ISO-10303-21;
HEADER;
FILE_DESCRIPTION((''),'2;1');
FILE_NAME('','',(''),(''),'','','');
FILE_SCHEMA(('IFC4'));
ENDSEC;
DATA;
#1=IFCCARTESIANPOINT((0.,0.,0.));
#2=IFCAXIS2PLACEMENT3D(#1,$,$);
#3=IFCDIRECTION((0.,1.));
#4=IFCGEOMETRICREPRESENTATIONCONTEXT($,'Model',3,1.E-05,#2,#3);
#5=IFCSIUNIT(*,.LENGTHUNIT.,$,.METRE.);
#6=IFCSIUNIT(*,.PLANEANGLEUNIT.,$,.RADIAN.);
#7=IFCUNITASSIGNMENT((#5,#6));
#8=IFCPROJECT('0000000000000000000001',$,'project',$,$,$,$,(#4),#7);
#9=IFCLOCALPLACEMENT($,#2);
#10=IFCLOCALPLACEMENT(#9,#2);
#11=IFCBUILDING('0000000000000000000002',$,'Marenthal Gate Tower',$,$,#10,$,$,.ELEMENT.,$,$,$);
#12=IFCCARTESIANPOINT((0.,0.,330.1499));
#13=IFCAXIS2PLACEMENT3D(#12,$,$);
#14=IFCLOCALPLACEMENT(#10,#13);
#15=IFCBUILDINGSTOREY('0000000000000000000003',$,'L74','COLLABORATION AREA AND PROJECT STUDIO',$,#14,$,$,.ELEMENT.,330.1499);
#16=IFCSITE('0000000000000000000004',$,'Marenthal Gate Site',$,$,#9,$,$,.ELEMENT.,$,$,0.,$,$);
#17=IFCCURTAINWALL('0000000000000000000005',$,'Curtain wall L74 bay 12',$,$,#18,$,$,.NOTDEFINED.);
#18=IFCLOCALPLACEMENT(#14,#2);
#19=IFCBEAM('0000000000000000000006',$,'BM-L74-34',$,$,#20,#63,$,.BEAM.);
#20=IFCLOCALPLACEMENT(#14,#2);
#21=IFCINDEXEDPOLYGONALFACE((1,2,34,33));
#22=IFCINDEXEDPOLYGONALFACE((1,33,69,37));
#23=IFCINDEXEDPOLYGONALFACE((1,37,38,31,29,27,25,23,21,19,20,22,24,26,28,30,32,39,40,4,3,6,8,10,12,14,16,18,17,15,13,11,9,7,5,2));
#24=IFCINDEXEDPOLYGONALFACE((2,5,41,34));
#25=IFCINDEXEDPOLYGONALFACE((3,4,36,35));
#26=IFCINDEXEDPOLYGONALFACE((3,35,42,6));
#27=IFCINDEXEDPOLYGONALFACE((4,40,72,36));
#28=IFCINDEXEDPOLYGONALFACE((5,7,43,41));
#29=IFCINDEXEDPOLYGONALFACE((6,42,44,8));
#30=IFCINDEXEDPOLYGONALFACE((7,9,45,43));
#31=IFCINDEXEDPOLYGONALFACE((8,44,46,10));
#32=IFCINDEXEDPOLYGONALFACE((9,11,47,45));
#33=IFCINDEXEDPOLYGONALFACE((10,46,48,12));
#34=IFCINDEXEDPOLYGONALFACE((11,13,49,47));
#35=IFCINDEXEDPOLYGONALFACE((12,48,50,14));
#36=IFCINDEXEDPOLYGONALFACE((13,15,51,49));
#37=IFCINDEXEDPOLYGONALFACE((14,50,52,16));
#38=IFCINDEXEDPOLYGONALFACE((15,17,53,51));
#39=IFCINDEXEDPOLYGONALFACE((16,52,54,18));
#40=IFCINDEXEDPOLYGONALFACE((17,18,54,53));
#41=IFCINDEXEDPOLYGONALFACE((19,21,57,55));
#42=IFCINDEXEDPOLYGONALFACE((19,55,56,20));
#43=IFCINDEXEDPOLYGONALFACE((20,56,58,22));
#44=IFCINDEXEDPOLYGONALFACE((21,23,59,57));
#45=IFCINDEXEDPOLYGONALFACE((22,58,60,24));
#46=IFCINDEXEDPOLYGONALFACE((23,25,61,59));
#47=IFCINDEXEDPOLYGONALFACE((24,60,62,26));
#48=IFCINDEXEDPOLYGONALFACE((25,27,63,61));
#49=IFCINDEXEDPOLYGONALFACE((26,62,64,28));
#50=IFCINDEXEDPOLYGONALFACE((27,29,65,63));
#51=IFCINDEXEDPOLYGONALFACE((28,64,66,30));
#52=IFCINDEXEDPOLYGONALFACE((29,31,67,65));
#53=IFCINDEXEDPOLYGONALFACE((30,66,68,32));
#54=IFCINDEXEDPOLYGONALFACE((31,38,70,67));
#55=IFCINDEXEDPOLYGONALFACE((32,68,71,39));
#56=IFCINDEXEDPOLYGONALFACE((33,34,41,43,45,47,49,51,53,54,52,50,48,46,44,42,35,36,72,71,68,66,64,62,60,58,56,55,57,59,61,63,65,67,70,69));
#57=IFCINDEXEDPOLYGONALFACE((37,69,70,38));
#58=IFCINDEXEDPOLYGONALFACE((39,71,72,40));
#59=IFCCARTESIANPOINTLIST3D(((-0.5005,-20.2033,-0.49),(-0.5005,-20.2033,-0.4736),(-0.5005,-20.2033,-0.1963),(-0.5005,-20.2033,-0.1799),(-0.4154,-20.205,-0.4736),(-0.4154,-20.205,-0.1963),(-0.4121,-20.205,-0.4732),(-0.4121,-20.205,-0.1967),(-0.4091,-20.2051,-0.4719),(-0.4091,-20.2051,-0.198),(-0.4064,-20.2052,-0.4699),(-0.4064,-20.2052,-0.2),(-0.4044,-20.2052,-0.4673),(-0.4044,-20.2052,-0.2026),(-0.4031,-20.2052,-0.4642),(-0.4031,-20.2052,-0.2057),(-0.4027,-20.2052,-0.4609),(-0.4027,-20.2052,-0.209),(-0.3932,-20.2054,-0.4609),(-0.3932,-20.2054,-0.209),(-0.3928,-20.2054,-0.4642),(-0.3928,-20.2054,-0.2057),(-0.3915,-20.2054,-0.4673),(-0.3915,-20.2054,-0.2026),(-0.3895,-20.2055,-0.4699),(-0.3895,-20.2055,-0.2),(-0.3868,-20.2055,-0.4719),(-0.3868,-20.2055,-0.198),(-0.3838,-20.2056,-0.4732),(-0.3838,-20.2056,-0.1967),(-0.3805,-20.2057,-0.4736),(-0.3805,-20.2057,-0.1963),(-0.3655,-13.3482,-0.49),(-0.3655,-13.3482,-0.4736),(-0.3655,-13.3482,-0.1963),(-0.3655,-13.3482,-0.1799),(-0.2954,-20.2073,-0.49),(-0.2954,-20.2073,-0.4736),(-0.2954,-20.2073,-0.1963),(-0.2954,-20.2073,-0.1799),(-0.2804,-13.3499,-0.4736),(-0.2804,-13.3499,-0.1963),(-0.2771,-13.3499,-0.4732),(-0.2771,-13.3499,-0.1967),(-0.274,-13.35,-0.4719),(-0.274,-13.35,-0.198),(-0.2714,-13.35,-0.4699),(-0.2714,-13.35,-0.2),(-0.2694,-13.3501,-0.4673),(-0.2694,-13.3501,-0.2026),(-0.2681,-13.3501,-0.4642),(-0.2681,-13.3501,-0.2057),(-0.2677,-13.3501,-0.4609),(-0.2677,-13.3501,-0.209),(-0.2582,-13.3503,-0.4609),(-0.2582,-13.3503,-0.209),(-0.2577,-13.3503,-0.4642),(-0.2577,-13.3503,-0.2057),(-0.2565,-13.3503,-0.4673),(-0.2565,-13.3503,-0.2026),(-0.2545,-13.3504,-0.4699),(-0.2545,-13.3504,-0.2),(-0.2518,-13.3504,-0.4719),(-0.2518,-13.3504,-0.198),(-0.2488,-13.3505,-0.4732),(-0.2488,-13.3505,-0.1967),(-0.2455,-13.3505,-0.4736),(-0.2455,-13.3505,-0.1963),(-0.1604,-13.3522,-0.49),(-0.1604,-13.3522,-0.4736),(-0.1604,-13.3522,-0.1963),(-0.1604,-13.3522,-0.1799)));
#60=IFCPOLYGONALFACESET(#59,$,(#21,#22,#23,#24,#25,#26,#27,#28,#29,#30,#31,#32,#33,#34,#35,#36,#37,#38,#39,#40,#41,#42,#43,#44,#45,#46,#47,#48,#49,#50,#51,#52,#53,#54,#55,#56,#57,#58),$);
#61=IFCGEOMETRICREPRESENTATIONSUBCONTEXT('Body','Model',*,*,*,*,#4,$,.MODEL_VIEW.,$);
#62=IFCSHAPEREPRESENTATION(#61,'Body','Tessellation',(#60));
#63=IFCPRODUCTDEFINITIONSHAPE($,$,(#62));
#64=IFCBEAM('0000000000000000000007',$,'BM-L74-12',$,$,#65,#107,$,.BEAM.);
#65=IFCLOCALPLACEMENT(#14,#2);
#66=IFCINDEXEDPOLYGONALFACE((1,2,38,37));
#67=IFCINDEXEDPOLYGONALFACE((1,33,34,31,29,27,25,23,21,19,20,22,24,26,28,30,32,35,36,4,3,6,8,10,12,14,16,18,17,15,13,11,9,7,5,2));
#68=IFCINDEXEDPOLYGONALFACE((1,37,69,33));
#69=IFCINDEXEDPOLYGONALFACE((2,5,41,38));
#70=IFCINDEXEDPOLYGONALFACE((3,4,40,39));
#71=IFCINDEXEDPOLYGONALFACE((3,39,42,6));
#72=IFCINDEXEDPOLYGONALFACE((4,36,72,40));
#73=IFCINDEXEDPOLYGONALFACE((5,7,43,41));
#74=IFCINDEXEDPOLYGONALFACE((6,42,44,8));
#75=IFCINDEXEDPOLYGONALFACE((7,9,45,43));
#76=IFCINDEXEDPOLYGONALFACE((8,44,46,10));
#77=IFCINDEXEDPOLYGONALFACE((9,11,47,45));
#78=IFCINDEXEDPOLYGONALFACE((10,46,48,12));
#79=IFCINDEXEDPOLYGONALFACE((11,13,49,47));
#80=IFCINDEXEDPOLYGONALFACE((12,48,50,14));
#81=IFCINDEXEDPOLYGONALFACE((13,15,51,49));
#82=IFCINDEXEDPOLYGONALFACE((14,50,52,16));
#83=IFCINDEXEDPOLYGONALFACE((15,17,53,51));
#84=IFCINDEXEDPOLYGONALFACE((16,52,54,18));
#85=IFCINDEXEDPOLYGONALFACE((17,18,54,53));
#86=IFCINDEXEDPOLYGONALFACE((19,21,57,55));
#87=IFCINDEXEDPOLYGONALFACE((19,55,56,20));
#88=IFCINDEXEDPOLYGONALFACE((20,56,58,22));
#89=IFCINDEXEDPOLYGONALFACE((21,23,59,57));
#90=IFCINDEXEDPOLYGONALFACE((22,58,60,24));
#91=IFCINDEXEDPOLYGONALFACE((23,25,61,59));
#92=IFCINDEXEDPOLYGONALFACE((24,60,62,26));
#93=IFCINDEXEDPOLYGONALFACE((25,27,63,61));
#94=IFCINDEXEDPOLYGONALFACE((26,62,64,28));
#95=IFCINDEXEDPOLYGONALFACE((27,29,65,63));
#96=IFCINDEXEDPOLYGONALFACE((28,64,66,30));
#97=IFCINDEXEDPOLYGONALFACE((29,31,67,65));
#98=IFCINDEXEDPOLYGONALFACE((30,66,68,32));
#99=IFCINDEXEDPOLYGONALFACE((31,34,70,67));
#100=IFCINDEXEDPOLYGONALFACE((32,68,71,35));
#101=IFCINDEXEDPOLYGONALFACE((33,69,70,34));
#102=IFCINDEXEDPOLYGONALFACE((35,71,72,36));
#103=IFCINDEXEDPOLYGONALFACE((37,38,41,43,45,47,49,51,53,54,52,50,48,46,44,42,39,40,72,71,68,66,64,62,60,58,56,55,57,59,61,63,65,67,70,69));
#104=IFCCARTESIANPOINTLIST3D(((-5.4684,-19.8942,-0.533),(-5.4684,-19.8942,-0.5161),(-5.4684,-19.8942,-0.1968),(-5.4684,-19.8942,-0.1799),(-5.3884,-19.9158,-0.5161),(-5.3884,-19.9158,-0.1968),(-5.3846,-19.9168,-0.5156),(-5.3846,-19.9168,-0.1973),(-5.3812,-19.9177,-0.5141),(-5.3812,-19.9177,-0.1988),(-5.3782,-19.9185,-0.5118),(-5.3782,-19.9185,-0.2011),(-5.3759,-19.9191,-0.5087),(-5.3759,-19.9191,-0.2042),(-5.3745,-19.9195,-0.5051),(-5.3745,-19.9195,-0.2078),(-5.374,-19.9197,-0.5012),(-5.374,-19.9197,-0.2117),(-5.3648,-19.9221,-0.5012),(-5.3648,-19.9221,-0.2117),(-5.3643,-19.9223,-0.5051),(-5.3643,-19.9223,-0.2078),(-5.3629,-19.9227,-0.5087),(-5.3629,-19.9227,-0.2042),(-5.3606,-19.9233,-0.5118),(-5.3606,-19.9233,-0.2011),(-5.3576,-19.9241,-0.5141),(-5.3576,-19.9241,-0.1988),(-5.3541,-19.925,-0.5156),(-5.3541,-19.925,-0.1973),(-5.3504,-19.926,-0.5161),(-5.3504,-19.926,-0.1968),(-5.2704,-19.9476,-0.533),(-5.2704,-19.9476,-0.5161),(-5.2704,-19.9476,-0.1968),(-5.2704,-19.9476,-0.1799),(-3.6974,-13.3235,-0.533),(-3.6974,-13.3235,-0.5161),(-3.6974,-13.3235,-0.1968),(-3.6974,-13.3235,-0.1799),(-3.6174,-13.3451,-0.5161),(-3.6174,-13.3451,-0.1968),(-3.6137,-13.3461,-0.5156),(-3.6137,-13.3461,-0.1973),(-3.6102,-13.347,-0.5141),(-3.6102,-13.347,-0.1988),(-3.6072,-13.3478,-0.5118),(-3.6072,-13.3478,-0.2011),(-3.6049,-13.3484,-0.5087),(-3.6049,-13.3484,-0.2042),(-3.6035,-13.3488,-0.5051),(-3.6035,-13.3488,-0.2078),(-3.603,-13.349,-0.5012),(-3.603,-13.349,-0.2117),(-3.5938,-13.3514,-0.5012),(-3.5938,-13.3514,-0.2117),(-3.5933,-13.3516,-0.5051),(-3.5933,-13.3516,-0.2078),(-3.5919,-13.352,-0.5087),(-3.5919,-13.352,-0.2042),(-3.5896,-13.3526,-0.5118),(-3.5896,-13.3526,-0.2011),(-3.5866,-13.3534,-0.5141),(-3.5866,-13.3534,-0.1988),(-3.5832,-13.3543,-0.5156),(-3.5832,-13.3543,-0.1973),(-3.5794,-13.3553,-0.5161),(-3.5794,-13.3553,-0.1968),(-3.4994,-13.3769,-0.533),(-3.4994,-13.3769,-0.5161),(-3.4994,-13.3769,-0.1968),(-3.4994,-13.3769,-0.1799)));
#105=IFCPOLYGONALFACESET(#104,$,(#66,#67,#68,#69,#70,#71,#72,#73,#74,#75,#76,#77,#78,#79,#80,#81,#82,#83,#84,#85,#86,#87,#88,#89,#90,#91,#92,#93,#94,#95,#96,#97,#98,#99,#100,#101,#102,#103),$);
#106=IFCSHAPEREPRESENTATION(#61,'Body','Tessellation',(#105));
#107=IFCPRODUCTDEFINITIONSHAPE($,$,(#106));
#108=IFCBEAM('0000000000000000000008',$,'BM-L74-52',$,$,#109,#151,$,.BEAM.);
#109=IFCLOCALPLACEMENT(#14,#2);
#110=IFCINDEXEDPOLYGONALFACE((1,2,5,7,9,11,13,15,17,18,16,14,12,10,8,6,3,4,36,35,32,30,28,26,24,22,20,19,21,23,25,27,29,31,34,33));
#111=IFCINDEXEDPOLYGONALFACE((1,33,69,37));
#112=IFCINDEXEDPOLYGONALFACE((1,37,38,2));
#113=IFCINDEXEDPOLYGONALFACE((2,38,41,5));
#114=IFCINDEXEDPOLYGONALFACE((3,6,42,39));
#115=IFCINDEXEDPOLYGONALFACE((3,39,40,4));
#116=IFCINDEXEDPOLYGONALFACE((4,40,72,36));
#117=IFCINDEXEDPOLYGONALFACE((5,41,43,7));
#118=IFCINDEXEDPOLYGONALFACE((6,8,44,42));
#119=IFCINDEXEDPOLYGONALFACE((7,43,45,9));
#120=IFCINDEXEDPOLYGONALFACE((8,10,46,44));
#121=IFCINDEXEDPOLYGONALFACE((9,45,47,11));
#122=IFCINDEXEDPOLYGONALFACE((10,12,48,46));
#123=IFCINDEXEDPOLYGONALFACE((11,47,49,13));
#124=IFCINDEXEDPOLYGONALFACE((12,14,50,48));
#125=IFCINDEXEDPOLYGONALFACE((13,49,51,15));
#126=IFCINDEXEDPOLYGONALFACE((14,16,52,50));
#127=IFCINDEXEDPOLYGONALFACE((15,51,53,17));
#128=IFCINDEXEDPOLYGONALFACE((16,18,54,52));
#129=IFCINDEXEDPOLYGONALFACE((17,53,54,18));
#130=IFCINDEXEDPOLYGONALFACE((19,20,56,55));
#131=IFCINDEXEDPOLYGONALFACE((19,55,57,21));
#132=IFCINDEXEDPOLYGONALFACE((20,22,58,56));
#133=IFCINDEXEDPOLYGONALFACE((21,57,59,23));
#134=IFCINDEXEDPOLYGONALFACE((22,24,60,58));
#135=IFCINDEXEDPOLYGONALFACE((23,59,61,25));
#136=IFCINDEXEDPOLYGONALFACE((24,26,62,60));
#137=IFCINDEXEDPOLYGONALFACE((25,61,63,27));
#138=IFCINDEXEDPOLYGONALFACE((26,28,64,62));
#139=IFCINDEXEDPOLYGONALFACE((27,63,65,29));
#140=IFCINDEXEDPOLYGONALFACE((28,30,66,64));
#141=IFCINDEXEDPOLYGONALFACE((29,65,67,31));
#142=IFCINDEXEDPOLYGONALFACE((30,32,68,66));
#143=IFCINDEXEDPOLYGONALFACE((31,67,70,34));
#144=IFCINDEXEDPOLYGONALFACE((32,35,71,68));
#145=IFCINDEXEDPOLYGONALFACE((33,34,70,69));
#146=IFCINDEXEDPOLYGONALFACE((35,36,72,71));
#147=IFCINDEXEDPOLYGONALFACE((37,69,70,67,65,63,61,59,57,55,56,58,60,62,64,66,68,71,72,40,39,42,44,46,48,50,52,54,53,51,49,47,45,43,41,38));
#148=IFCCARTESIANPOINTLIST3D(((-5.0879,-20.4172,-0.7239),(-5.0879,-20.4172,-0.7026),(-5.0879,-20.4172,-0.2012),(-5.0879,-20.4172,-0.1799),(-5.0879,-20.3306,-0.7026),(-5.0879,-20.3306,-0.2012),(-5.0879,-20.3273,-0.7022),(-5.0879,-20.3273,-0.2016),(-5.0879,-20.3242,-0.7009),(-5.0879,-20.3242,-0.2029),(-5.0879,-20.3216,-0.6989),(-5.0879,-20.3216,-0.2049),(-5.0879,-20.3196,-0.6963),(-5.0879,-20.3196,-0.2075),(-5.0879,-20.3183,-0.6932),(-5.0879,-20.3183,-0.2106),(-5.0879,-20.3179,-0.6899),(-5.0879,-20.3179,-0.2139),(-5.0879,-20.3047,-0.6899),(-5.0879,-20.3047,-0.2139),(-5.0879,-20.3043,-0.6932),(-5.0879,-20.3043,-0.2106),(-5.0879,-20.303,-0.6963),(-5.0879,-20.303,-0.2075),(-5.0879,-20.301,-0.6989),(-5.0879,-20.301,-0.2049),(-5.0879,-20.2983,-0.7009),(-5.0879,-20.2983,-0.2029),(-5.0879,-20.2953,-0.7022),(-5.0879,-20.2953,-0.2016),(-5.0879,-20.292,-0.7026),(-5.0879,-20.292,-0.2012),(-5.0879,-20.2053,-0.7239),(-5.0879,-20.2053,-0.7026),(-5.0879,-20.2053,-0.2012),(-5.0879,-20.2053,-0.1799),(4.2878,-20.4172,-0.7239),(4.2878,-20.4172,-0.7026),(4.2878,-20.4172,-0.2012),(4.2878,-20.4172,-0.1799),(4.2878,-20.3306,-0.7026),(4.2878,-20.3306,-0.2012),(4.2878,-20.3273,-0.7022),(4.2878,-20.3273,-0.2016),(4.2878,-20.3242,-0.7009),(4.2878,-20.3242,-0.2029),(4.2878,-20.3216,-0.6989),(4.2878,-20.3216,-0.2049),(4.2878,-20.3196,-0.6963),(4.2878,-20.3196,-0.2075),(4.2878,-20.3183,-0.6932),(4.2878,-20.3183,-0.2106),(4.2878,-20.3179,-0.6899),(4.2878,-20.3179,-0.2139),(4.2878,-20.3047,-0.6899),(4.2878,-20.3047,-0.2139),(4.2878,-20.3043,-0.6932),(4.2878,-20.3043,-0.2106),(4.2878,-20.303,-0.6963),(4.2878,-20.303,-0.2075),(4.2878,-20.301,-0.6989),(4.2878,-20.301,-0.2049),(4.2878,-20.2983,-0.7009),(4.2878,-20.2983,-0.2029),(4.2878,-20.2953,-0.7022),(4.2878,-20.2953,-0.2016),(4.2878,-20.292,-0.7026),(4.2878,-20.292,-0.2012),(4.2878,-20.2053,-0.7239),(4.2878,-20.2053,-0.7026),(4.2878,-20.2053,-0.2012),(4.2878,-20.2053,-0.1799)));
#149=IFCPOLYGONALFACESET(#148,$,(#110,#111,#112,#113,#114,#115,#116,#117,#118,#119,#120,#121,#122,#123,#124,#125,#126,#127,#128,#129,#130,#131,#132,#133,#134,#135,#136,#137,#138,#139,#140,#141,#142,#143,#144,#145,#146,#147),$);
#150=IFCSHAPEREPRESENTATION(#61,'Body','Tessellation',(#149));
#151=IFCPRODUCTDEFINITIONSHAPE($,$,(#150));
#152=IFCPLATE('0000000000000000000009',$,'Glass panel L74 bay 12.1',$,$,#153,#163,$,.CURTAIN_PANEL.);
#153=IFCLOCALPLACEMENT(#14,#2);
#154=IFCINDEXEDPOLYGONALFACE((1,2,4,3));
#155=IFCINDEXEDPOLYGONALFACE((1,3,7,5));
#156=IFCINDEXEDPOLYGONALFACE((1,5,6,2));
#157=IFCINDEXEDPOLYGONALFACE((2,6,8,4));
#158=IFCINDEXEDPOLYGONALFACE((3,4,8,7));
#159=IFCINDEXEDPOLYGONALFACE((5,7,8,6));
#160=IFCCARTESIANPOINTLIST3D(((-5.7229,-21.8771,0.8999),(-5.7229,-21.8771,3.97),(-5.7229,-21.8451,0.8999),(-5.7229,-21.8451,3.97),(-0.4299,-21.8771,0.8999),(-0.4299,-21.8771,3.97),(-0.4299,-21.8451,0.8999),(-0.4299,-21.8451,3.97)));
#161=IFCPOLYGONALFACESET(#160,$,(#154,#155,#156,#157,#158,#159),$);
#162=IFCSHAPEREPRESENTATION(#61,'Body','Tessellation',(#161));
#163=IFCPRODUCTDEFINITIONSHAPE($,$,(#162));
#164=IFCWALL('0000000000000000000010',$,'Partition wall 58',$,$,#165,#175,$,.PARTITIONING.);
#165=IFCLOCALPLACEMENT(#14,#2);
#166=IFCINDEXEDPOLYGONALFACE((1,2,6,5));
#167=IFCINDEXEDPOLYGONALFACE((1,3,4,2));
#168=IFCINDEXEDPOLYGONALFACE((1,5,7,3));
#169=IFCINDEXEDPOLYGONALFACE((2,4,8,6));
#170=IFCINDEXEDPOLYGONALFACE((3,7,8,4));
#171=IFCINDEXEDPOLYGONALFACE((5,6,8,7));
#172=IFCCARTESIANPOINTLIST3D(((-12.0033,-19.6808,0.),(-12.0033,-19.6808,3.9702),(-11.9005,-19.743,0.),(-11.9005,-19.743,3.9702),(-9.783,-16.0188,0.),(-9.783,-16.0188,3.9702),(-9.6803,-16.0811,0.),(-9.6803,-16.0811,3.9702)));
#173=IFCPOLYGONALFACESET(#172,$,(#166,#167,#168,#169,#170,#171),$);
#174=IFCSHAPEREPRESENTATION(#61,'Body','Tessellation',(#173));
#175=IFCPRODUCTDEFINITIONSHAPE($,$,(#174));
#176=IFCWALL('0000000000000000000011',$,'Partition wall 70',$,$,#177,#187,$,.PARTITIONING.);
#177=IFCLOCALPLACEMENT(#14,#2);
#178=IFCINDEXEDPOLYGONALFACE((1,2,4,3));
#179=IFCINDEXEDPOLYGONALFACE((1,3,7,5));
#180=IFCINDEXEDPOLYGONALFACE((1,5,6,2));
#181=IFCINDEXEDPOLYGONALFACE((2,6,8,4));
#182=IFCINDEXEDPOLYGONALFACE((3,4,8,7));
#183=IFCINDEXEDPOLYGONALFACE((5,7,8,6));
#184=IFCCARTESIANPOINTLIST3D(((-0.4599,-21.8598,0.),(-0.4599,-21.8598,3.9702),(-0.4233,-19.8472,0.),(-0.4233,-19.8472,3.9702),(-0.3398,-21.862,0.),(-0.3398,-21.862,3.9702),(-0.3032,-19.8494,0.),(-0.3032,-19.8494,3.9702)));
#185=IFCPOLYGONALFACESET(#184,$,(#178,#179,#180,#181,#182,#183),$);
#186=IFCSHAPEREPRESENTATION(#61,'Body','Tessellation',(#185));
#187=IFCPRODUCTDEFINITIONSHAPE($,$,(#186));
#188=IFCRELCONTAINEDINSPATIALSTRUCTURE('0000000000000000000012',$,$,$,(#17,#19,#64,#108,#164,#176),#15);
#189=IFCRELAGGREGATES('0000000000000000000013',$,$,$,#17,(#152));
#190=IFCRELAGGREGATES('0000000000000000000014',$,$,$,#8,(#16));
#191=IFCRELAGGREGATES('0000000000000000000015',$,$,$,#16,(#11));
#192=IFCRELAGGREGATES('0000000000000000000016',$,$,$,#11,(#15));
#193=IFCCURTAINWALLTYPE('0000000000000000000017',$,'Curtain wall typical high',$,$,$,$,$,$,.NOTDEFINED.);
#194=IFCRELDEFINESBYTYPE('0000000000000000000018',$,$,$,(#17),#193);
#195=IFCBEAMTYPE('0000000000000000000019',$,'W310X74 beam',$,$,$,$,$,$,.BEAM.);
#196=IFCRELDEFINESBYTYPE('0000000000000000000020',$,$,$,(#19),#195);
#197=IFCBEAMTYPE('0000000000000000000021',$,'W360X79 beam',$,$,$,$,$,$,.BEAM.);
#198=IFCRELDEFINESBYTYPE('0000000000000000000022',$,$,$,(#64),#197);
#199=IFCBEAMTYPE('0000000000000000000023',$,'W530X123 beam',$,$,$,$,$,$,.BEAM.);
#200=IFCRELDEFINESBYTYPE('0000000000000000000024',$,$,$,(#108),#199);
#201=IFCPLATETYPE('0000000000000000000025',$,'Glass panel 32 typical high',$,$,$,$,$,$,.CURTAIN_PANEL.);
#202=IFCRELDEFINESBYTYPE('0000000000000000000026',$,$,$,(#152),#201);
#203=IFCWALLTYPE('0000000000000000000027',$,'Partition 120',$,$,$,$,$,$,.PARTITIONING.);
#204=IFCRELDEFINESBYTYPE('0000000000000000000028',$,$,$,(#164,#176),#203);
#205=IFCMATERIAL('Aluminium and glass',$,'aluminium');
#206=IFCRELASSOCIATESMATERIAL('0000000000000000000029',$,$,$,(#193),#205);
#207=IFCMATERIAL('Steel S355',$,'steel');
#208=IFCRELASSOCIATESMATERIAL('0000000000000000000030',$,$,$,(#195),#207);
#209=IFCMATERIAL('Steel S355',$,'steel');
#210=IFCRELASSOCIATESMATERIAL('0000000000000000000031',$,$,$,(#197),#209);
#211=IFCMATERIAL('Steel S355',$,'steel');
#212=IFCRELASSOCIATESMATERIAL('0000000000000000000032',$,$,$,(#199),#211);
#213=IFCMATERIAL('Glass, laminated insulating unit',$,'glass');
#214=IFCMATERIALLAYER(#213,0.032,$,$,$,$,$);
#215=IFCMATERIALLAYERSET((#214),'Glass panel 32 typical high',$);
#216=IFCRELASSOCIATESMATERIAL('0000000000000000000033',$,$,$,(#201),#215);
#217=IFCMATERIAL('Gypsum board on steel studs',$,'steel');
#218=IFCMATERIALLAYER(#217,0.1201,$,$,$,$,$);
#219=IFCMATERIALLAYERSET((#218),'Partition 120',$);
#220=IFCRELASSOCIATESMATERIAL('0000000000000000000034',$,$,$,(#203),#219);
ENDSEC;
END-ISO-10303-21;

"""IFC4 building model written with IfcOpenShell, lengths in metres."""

from ifc_helpers import new_model, si_unit, direction, frame, frame_2d, origin, origin_2d, place, context, subcontext, project, spatial, rectangle, i_section, extrude, material, layer, layer_set, material_profile, profile_set, type_object, element, aggregate, save


model = new_model("IFC4")

# Units and contexts
model_context = context("Model", 3, precision=1e-05, world=origin(), true_north=direction((0.0, 1.0)))
body_context = subcontext(model_context, "Body", "Model", "MODEL_VIEW")
ifc_project = project(units=[si_unit("LENGTHUNIT", "METRE"), si_unit("PLANEANGLEUNIT", "RADIAN")], contexts=[model_context])

# Site, building, storey
site_placement = place(None, origin())
site = spatial("IfcSite", under=ifc_project, at=site_placement, Name="Marenthal Gate Site", CompositionType="ELEMENT", RefElevation=0.0)
building_placement = place(site_placement, origin())
building = spatial("IfcBuilding", under=site, at=building_placement, Name="Marenthal Gate Tower", CompositionType="ELEMENT")
storey_placement = place(building_placement, frame((0.0, 0.0, 330.1499)))
storey = spatial("IfcBuildingStorey", under=building, at=storey_placement, Name="L74", Description="COLLABORATION AREA AND PROJECT STUDIO", CompositionType="ELEMENT", Elevation=330.1499)

# Curtain wall
ifc_material_1 = material(Name="Aluminium and glass", Category="aluminium")
curtain_wall_type = type_object("IfcCurtainWallType", Name="Curtain wall typical high", PredefinedType="NOTDEFINED", material=ifc_material_1)
curtain_wall_placement = place(storey_placement, origin())
curtain_wall = element("IfcCurtainWall", 1, at=curtain_wall_placement, inside=storey, type_object=curtain_wall_type, Name="Curtain wall L74 bay 12", PredefinedType="NOTDEFINED")

# Beams
ifc_material_2 = material(Name="Steel S355", Category="steel")
ifc_material_profile_1 = material_profile(ifc_material_2, i_section(OverallWidth=0.2051, OverallDepth=0.3101, WebThickness=0.0095, FlangeThickness=0.0164, FilletRadius=0.0127, at=origin_2d()), Name="W310X74")
ifc_profile_set_1 = profile_set([ifc_material_profile_1], Name="Steel S355")
beam_type_1 = type_object("IfcBeamType", Name="W310X74 beam", PredefinedType="BEAM", material=ifc_profile_set_1)
beam_1_placement = place(storey_placement, frame((-0.3979, -20.2053, -0.335), z_axis=(0.019691, 0.999806, 0.0), x_axis=(-0.999806, 0.019691, 0.0)))
element("IfcBeam", 2, at=beam_1_placement, inside=storey, type_object=beam_type_1, Name="BM-L74-34", PredefinedType="BEAM", context=body_context, shape_type="SweptSolid", body=[
    extrude(i_section(OverallWidth=0.2051, OverallDepth=0.3101, WebThickness=0.0095, FlangeThickness=0.0164, FilletRadius=0.0127, at=origin_2d()), origin(), (0.0, 0.0, 1.0), 6.8564),
])
ifc_material_3 = material(Name="Steel S355", Category="steel")
ifc_material_profile_2 = material_profile(ifc_material_3, i_section(OverallWidth=0.2051, OverallDepth=0.353, WebThickness=0.0095, FlangeThickness=0.0168, FilletRadius=0.0149, at=origin_2d()), Name="W360X79")
ifc_profile_set_2 = profile_set([ifc_material_profile_2], Name="Steel S355")
beam_type_2 = type_object("IfcBeamType", Name="W360X79 beam", PredefinedType="BEAM", material=ifc_profile_set_2)
beam_2_placement = place(storey_placement, frame((-5.3694, -19.9209, -0.3564), z_axis=(0.260238, 0.965544, 0.0), x_axis=(-0.965544, 0.260238, 0.0)))
element("IfcBeam", 3, at=beam_2_placement, inside=storey, type_object=beam_type_2, Name="BM-L74-12", PredefinedType="BEAM", context=body_context, shape_type="SweptSolid", body=[
    extrude(i_section(OverallWidth=0.2051, OverallDepth=0.353, WebThickness=0.0095, FlangeThickness=0.0168, FilletRadius=0.0149, at=origin_2d()), origin(), (0.0, 0.0, 1.0), 6.8052),
])
ifc_material_4 = material(Name="Steel S355", Category="steel")
ifc_material_profile_3 = material_profile(ifc_material_4, i_section(OverallWidth=0.2119, OverallDepth=0.5439, WebThickness=0.0132, FlangeThickness=0.0212, FilletRadius=0.0127, at=origin_2d()), Name="W530X123")
ifc_profile_set_3 = profile_set([ifc_material_profile_3], Name="Steel S355")
beam_type_3 = type_object("IfcBeamType", Name="W530X123 beam", PredefinedType="BEAM", material=ifc_profile_set_3)
beam_3_placement = place(storey_placement, frame((-5.0879, -20.3113, -0.4519), z_axis=(1.0, 0.0, 0.0), x_axis=(0.0, 1.0, 0.0)))
element("IfcBeam", 4, at=beam_3_placement, inside=storey, type_object=beam_type_3, Name="BM-L74-52", PredefinedType="BEAM", context=body_context, shape_type="SweptSolid", body=[
    extrude(i_section(OverallWidth=0.2119, OverallDepth=0.5439, WebThickness=0.0132, FlangeThickness=0.0212, FilletRadius=0.0127, at=origin_2d()), origin(), (0.0, 0.0, 1.0), 9.3757),
])

# Plate
ifc_material_5 = material(Name="Glass, laminated insulating unit", Category="glass")
ifc_layer_1 = layer(ifc_material_5, 0.032)
ifc_layer_set_1 = layer_set([ifc_layer_1], Name="Glass panel 32 typical high")
plate_type = type_object("IfcPlateType", Name="Glass panel 32 typical high", PredefinedType="CURTAIN_PANEL", material=ifc_layer_set_1)
plate_placement = place(storey_placement, frame((-3.0764, -21.8611, 0.8999), z_axis=(0.0, 0.0, 1.0), x_axis=(1.0, 0.0, 0.0)))
plate = element("IfcPlate", 5, at=plate_placement, type_object=plate_type, Name="Glass panel L74 bay 12.1", PredefinedType="CURTAIN_PANEL", context=body_context, shape_type="SweptSolid", body=[
    extrude(rectangle(XDim=5.293, YDim=0.032, at=origin_2d()), origin(), (0.0, 0.0, 1.0), 3.0701),
])
aggregate(curtain_wall, [plate])

# Walls
ifc_material_6 = material(Name="Gypsum board on steel studs", Category="steel")
ifc_layer_2 = layer(ifc_material_6, 0.1201)
ifc_layer_set_2 = layer_set([ifc_layer_2], Name="Partition 120")
wall_type = type_object("IfcWallType", Name="Partition 120", PredefinedType="PARTITIONING", material=ifc_layer_set_2)
wall_1_placement = place(storey_placement, frame((-9.7317, -16.05, 0.0), z_axis=(0.0, 0.0, 1.0), x_axis=(-0.518456, -0.855104, 0.0)))
element("IfcWall", 6, at=wall_1_placement, inside=storey, type_object=wall_type, Name="Partition wall 58", PredefinedType="PARTITIONING", context=body_context, shape_type="SweptSolid", body=[
    extrude(rectangle(XDim=4.2825, YDim=0.1201, at=frame_2d((2.1411, 0.0))), origin(), (0.0, 0.0, 1.0), 3.9702),
])
wall_2_placement = place(storey_placement, frame((-0.3633, -19.8484, 0.0), z_axis=(0.0, 0.0, 1.0), x_axis=(-0.018192, -0.999835, 0.0)))
element("IfcWall", 7, at=wall_2_placement, inside=storey, type_object=wall_type, Name="Partition wall 70", PredefinedType="PARTITIONING", context=body_context, shape_type="SweptSolid", body=[
    extrude(rectangle(XDim=2.0129, YDim=0.1201, at=frame_2d((1.0063, 0.0))), origin(), (0.0, 0.0, 1.0), 3.9702),
])

save(model, "model.ifc")
